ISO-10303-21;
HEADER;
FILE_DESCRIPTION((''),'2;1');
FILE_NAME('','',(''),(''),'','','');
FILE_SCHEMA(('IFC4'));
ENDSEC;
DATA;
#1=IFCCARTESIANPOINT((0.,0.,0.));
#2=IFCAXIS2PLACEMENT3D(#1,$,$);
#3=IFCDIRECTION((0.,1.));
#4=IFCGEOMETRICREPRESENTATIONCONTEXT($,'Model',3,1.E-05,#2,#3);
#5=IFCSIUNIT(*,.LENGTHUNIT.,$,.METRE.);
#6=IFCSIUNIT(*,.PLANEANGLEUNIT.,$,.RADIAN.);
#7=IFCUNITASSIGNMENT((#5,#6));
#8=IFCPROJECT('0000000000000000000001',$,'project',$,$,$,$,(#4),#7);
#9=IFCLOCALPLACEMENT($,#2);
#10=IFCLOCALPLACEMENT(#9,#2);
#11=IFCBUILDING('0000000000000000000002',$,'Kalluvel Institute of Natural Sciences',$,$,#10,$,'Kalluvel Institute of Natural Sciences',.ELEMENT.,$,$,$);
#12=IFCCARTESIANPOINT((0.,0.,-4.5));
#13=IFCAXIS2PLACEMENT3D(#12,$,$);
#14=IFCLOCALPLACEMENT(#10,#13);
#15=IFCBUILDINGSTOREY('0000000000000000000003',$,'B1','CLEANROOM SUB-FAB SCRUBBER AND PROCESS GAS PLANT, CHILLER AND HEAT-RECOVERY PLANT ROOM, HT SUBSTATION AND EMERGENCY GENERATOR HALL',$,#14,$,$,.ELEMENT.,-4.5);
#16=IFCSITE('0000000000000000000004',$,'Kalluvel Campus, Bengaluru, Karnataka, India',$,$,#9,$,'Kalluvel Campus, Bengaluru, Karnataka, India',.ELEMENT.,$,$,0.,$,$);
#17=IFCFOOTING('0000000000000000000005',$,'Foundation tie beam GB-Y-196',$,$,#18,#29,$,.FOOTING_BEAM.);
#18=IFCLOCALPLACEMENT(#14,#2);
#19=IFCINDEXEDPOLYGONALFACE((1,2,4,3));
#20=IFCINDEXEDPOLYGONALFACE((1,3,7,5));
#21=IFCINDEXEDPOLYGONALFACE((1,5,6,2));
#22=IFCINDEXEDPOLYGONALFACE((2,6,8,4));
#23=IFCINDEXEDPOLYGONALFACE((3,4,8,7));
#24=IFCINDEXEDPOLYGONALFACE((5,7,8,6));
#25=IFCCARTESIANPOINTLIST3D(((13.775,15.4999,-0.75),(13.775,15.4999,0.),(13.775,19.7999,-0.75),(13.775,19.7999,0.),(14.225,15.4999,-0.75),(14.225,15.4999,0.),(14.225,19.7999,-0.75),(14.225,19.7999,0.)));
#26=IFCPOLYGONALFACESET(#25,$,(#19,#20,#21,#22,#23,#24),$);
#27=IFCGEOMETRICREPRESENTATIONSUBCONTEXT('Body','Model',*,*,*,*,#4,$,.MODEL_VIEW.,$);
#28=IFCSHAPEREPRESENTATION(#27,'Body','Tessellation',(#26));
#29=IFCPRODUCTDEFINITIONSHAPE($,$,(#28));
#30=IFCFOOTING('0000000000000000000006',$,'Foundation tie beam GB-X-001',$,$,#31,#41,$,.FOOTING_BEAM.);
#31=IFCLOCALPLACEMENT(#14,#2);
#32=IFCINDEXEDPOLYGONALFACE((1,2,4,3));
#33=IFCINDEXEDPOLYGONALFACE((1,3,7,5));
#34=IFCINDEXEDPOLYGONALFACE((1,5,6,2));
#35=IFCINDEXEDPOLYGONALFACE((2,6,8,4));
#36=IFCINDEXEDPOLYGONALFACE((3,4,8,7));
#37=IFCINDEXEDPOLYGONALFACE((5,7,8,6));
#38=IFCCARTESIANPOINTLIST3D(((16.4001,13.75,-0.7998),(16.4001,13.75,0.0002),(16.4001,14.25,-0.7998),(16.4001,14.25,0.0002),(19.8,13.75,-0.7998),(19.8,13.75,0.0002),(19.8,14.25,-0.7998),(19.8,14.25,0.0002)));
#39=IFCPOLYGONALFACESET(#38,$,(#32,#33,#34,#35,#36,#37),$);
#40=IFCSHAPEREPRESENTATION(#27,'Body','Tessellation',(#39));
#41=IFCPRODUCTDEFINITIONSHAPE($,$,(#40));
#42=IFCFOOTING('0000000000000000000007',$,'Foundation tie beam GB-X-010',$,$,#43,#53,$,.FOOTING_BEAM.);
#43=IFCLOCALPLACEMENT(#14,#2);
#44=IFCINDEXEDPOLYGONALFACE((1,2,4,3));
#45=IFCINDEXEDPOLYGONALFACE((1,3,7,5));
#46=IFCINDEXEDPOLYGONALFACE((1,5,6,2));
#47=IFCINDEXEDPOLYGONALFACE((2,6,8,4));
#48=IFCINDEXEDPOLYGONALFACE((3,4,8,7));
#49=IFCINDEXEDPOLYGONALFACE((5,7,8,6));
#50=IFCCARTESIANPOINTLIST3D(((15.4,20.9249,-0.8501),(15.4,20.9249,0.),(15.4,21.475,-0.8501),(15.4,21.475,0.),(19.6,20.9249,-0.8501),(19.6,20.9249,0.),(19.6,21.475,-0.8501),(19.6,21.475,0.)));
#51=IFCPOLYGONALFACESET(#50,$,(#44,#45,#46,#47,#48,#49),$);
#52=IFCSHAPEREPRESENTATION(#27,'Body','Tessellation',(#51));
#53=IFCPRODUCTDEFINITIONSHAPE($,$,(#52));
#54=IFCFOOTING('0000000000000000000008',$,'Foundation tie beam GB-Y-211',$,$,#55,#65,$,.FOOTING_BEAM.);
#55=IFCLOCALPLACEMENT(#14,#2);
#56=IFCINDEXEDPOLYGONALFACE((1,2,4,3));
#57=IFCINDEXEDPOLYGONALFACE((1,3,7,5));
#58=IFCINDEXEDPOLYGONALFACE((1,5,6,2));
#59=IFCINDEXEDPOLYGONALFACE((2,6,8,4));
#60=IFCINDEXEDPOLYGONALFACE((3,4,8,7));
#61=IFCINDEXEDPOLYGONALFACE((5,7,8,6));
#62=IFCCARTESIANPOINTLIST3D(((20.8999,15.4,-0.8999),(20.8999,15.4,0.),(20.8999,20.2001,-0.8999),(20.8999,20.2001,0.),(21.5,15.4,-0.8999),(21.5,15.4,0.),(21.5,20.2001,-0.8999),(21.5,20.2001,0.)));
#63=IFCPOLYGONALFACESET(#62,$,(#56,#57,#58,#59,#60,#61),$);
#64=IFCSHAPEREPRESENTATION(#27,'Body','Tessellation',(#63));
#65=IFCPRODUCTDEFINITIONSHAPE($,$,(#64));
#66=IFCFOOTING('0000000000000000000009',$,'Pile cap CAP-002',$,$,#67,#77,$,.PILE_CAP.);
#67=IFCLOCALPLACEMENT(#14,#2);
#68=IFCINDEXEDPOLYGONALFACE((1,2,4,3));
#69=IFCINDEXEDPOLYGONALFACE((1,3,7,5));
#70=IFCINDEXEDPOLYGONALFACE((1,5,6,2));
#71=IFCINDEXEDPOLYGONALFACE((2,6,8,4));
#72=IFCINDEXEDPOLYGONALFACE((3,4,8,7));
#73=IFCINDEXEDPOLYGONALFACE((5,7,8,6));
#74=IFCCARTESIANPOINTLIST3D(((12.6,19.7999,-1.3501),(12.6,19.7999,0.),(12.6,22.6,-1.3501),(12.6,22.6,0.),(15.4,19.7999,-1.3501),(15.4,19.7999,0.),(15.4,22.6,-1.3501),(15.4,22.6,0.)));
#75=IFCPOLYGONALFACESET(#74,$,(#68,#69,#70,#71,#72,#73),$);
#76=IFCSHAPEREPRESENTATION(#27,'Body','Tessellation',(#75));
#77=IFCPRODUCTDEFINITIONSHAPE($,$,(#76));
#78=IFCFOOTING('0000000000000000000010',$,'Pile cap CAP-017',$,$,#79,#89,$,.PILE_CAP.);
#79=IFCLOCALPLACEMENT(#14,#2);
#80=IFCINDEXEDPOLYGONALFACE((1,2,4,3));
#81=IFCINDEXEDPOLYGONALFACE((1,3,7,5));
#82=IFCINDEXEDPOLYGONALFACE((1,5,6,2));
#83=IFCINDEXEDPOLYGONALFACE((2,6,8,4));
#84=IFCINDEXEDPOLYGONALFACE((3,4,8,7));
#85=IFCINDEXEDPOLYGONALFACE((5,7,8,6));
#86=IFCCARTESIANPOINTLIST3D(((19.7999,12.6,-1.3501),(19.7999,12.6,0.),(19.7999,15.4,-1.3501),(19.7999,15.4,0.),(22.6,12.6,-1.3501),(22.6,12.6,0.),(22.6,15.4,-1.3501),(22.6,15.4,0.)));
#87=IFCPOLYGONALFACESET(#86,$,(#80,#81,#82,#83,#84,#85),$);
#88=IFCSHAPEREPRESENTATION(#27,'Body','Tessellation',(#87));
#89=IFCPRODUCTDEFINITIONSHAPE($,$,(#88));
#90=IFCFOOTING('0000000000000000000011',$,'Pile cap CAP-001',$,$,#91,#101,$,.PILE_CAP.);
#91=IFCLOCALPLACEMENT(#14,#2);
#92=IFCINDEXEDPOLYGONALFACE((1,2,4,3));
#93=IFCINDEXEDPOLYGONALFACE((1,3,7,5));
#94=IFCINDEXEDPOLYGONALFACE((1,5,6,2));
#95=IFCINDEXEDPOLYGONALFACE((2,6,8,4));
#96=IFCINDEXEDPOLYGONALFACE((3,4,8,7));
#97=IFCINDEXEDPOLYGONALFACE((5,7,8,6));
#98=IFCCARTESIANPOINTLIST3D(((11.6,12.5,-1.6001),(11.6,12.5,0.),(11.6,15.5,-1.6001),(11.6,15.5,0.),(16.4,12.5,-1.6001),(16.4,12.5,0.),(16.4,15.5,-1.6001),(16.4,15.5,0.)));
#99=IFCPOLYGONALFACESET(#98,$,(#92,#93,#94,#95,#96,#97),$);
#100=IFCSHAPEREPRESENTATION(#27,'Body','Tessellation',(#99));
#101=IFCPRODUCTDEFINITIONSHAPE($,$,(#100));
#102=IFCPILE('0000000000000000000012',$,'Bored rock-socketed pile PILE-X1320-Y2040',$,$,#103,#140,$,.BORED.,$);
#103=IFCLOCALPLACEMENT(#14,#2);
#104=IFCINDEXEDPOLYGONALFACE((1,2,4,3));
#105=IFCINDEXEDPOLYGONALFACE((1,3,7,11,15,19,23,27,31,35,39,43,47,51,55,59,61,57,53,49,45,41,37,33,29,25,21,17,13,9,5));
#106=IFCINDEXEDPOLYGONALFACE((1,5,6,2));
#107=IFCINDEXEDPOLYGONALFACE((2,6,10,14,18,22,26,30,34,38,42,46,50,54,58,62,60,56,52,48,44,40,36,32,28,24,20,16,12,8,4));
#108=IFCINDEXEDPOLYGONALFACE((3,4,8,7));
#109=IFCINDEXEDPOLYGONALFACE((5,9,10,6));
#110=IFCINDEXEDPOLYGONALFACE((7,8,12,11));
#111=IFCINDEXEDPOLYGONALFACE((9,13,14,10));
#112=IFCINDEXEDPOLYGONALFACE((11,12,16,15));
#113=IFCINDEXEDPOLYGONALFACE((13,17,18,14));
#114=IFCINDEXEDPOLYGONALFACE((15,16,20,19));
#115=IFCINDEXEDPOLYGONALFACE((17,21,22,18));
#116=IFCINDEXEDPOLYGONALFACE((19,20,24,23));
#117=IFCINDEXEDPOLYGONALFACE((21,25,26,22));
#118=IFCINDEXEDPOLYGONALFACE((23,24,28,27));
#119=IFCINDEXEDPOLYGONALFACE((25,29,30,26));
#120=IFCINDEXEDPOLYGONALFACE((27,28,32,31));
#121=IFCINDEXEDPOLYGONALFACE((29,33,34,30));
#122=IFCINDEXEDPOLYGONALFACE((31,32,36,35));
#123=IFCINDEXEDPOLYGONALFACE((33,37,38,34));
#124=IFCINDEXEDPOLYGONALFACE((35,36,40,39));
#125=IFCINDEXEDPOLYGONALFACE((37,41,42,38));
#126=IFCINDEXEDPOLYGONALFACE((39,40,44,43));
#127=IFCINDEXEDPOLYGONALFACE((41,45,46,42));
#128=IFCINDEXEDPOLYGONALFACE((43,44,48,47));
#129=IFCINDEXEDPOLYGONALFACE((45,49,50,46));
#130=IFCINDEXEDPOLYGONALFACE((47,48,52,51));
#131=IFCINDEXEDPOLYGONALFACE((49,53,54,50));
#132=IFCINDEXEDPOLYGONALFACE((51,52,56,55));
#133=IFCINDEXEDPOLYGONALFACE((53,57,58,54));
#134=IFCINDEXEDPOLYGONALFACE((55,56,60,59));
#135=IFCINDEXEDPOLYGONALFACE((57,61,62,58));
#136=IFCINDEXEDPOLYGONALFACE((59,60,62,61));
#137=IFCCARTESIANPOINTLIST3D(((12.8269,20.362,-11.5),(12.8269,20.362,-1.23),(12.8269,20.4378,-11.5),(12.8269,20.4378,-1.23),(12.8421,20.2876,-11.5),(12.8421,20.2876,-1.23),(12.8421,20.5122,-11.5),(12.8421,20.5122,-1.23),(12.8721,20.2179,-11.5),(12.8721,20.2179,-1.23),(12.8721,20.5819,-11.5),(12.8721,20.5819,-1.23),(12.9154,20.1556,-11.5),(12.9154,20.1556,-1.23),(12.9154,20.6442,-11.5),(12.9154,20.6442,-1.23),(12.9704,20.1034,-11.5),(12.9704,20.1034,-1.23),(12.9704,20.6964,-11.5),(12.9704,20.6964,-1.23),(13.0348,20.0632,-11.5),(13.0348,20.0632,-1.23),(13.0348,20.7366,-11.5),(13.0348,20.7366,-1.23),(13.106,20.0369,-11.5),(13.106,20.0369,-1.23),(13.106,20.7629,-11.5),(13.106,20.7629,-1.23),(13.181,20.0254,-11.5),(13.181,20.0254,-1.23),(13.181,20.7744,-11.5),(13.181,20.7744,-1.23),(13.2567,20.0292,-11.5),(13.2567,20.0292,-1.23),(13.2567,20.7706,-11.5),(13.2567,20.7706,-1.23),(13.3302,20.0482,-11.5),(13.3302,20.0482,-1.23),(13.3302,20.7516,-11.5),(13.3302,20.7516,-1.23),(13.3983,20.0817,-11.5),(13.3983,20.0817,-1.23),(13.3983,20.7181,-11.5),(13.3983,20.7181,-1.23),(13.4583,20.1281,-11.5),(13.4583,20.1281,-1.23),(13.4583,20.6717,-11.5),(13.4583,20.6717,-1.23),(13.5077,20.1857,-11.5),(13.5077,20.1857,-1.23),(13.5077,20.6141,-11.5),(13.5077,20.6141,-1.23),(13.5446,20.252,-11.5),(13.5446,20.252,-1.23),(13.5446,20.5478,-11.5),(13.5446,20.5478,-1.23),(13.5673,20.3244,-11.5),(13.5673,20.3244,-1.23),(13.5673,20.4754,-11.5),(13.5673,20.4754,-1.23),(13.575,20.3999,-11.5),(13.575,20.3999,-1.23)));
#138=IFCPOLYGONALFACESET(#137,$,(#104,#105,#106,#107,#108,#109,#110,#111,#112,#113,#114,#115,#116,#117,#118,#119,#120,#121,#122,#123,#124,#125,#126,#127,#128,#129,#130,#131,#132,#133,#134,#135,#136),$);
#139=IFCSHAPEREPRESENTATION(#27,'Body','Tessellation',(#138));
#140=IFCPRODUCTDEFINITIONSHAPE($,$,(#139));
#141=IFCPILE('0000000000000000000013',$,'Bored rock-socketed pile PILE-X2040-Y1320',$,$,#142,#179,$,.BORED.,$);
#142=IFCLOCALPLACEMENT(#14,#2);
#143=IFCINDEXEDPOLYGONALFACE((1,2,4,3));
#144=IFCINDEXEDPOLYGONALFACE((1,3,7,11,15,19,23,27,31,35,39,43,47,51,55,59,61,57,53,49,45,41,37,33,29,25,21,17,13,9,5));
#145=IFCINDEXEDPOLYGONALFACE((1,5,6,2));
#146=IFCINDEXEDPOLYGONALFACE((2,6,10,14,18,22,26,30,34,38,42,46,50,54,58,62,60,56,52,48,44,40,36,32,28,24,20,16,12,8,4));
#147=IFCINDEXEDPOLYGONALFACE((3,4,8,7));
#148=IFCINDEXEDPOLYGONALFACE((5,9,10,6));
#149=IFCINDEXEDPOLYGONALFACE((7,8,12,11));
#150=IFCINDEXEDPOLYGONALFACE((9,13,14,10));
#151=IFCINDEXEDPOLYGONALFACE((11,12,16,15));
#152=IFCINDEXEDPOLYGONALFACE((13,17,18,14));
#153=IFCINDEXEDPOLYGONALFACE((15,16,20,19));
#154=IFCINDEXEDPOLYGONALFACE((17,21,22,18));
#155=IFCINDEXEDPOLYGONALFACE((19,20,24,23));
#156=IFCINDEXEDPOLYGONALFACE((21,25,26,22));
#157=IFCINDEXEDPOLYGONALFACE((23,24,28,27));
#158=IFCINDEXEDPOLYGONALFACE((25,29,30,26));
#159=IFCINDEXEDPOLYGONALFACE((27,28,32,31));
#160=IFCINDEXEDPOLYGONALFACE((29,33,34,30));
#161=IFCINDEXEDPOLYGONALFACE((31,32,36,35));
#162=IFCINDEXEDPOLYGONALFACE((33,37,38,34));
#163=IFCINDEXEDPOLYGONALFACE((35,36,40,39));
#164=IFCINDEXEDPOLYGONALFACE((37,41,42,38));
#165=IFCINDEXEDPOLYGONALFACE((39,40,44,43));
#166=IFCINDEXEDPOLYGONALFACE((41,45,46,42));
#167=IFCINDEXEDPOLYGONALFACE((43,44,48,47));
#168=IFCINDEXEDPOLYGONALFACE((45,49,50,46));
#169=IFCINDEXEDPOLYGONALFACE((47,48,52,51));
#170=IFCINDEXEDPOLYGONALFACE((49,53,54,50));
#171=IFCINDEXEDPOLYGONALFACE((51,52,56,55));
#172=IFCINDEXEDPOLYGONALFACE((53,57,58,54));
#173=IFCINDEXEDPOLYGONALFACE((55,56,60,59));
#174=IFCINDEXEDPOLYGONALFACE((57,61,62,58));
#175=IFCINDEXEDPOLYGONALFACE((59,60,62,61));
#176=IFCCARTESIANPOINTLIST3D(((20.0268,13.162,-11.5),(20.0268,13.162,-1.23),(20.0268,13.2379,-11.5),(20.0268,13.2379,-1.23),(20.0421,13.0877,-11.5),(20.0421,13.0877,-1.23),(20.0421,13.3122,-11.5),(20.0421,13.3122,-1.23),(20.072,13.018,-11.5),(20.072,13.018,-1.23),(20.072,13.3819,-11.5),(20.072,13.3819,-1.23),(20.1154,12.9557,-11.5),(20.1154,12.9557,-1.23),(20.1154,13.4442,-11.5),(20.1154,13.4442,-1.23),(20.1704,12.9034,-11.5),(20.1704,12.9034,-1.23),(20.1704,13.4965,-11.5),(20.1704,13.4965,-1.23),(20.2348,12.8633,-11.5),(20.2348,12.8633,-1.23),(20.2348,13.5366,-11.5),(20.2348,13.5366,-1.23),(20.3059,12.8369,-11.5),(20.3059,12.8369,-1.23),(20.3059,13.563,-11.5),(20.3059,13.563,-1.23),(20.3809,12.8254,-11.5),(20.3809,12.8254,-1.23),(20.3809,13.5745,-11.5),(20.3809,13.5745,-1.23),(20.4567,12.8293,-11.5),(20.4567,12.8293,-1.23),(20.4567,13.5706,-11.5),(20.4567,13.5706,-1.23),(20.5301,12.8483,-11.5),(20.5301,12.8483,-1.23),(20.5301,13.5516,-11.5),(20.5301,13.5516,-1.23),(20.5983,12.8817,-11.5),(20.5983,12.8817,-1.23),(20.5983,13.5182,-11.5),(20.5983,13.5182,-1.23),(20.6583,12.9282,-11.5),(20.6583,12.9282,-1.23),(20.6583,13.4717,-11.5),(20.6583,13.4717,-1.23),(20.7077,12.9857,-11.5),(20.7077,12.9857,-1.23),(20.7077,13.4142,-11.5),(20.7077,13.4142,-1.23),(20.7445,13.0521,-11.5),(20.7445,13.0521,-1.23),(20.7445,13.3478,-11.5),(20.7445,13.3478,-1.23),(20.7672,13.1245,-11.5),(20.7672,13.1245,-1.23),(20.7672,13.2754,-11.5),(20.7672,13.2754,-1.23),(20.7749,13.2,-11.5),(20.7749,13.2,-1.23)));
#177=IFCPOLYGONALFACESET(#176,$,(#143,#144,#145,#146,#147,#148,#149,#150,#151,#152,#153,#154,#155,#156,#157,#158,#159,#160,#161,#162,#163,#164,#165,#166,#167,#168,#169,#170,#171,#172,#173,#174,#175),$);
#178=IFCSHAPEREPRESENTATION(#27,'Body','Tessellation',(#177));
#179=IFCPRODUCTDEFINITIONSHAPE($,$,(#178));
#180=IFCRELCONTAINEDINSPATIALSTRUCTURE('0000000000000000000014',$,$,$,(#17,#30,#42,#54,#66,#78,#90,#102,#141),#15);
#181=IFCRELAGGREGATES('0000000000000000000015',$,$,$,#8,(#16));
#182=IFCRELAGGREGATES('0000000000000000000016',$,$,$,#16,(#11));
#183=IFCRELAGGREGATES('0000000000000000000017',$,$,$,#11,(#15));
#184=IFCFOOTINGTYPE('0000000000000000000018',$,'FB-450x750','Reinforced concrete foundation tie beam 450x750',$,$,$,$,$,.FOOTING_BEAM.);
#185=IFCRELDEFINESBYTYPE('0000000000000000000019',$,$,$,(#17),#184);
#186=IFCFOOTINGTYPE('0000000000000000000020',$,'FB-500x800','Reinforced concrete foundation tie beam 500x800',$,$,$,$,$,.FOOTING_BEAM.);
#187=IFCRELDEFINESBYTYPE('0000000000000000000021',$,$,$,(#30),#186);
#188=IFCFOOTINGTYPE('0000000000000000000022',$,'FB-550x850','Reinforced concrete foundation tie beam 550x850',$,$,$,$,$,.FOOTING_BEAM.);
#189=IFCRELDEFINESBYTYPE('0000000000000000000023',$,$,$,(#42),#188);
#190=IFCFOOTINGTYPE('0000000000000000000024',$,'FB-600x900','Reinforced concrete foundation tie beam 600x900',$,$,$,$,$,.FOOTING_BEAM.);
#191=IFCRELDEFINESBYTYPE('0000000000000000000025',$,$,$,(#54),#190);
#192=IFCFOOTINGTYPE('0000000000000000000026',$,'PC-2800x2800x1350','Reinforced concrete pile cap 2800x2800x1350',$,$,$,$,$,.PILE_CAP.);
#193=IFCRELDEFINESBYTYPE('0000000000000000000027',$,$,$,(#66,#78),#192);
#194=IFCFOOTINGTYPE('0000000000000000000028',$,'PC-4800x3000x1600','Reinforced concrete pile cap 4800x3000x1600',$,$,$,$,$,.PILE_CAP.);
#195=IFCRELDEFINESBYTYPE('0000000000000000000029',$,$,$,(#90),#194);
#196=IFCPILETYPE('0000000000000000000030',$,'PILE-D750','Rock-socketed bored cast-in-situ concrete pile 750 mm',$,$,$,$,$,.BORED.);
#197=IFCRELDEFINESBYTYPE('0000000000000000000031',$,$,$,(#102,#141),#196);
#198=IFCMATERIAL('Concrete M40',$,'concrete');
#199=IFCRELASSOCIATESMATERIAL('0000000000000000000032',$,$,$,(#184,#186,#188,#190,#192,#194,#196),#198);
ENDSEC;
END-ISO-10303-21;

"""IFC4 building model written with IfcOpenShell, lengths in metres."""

from ifc_helpers import new_model, si_unit, direction, frame, origin, origin_2d, place, context, subcontext, project, spatial, rectangle, circle, extrude, material, material_profile, profile_set, type_object, element, save


model = new_model("IFC4")

# Units and contexts
model_context = context("Model", 3, precision=1e-05, world=origin(), true_north=direction((0.0, 1.0)))
body_context = subcontext(model_context, "Body", "Model", "MODEL_VIEW")
ifc_project = project(units=[si_unit("LENGTHUNIT", "METRE"), si_unit("PLANEANGLEUNIT", "RADIAN")], contexts=[model_context])

# Site, building, storey
site_placement = place(None, origin())
site = spatial("IfcSite", under=ifc_project, at=site_placement, Name="Kalluvel Campus, Bengaluru, Karnataka, India", LongName="Kalluvel Campus, Bengaluru, Karnataka, India", CompositionType="ELEMENT", RefElevation=0.0)
building_placement = place(site_placement, origin())
building = spatial("IfcBuilding", under=site, at=building_placement, Name="Kalluvel Institute of Natural Sciences", LongName="Kalluvel Institute of Natural Sciences", CompositionType="ELEMENT")
storey_placement = place(building_placement, frame((0.0, 0.0, -4.5)))
storey = spatial("IfcBuildingStorey", under=building, at=storey_placement, Name="B1", Description="CLEANROOM SUB-FAB SCRUBBER AND PROCESS GAS PLANT, CHILLER AND HEAT-RECOVERY PLANT ROOM, HT SUBSTATION AND EMERGENCY GENERATOR HALL", CompositionType="ELEMENT", Elevation=-4.5)

# Footings
ifc_material_1 = material(Name="Concrete M40", Category="concrete")
footing_type_1 = type_object("IfcFootingType", Name="FB-450x750", Description="Reinforced concrete foundation tie beam 450x750", PredefinedType="FOOTING_BEAM", material=ifc_material_1)
footing_1_placement = place(storey_placement, frame((14.0, 17.6499, -0.75), z_axis=(0.0, 0.0, 1.0), x_axis=(1.0, 0.0, 0.0)))
element("IfcFooting", 1, at=footing_1_placement, inside=storey, type_object=footing_type_1, Name="Foundation tie beam GB-Y-196", PredefinedType="FOOTING_BEAM", context=body_context, shape_type="SweptSolid", body=[
    extrude(rectangle(XDim=0.45, YDim=4.3, at=origin_2d()), origin(), (0.0, 0.0, 1.0), 0.75),
])
footing_type_2 = type_object("IfcFootingType", Name="FB-500x800", Description="Reinforced concrete foundation tie beam 500x800", PredefinedType="FOOTING_BEAM", material=ifc_material_1)
footing_2_placement = place(storey_placement, frame((18.1001, 14.0, -0.7998), z_axis=(0.0, 0.0, 1.0), x_axis=(1.0, 0.0, 0.0)))
element("IfcFooting", 2, at=footing_2_placement, inside=storey, type_object=footing_type_2, Name="Foundation tie beam GB-X-001", PredefinedType="FOOTING_BEAM", context=body_context, shape_type="SweptSolid", body=[
    extrude(rectangle(XDim=3.3999, YDim=0.5, at=origin_2d()), origin(), (0.0, 0.0, 1.0), 0.8),
])
footing_type_3 = type_object("IfcFootingType", Name="FB-550x850", Description="Reinforced concrete foundation tie beam 550x850", PredefinedType="FOOTING_BEAM", material=ifc_material_1)
footing_3_placement = place(storey_placement, frame((17.5, 21.2, -0.8501), z_axis=(0.0, 0.0, 1.0), x_axis=(1.0, 0.0, 0.0)))
element("IfcFooting", 3, at=footing_3_placement, inside=storey, type_object=footing_type_3, Name="Foundation tie beam GB-X-010", PredefinedType="FOOTING_BEAM", context=body_context, shape_type="SweptSolid", body=[
    extrude(rectangle(XDim=4.2, YDim=0.55, at=origin_2d()), origin(), (0.0, 0.0, 1.0), 0.8501),
])
footing_type_4 = type_object("IfcFootingType", Name="FB-600x900", Description="Reinforced concrete foundation tie beam 600x900", PredefinedType="FOOTING_BEAM", material=ifc_material_1)
footing_4_placement = place(storey_placement, frame((21.2, 17.8, -0.8999), z_axis=(0.0, 0.0, 1.0), x_axis=(1.0, 0.0, 0.0)))
element("IfcFooting", 4, at=footing_4_placement, inside=storey, type_object=footing_type_4, Name="Foundation tie beam GB-Y-211", PredefinedType="FOOTING_BEAM", context=body_context, shape_type="SweptSolid", body=[
    extrude(rectangle(XDim=0.6001, YDim=4.8, at=origin_2d()), origin(), (0.0, 0.0, 1.0), 0.8999),
])
footing_type_5 = type_object("IfcFootingType", Name="PC-2800x2800x1350", Description="Reinforced concrete pile cap 2800x2800x1350", PredefinedType="PILE_CAP", material=ifc_material_1)
for number, where, z_axis, x_axis, name in (
    (5, (14.0, 21.2, -1.3501), (0.0, 0.0, 1.0), (1.0, 0.0, 0.0), "Pile cap CAP-002"),
    (6, (21.2, 14.0, -1.3501), (0.0, 0.0, 1.0), (1.0, 0.0, 0.0), "Pile cap CAP-017"),
):
    element("IfcFooting", number, at=place(storey_placement, frame(where, z_axis=z_axis, x_axis=x_axis)), inside=storey, type_object=footing_type_5, Name=name, PredefinedType="PILE_CAP", context=body_context, shape_type="SweptSolid", body=[
        extrude(rectangle(XDim=2.8, YDim=2.8, at=origin_2d()), origin(), (0.0, 0.0, 1.0), 1.3501),
    ])
footing_type_6 = type_object("IfcFootingType", Name="PC-4800x3000x1600", Description="Reinforced concrete pile cap 4800x3000x1600", PredefinedType="PILE_CAP", material=ifc_material_1)
footing_5_placement = place(storey_placement, frame((14.0, 14.0, -1.6001), z_axis=(0.0, 0.0, 1.0), x_axis=(1.0, 0.0, 0.0)))
element("IfcFooting", 7, at=footing_5_placement, inside=storey, type_object=footing_type_6, Name="Pile cap CAP-001", PredefinedType="PILE_CAP", context=body_context, shape_type="SweptSolid", body=[
    extrude(rectangle(XDim=4.8, YDim=3.0, at=origin_2d()), origin(), (0.0, 0.0, 1.0), 1.6001),
])

# Piles
ifc_material_profile_1 = material_profile(ifc_material_1, circle(Radius=0.375, at=origin_2d()), Name="PILE D750")
ifc_profile_set_1 = profile_set([ifc_material_profile_1], Name="Concrete M40")
pile_type_1 = type_object("IfcPileType", Name="PILE-D750", Description="Rock-socketed bored cast-in-situ concrete pile 750 mm", PredefinedType="BORED", material=ifc_profile_set_1)
for number, where, z_axis, x_axis, name in (
    (8, (13.2, 20.3999, -1.23), (0.0, 0.0, -1.0), (1.0, 0.0, 0.0), "Bored rock-socketed pile PILE-X1320-Y2040"),
    (9, (20.3999, 13.2, -1.23), (0.0, 0.0, -1.0), (1.0, 0.0, 0.0), "Bored rock-socketed pile PILE-X2040-Y1320"),
):
    element("IfcPile", number, at=place(storey_placement, frame(where, z_axis=z_axis, x_axis=x_axis)), inside=storey, type_object=pile_type_1, Name=name, PredefinedType="BORED", context=body_context, shape_type="SweptSolid", body=[
        extrude(circle(Radius=0.375, at=origin_2d()), origin(), (0.0, 0.0, 1.0), 10.27),
    ])

save(model, "model.ifc")
